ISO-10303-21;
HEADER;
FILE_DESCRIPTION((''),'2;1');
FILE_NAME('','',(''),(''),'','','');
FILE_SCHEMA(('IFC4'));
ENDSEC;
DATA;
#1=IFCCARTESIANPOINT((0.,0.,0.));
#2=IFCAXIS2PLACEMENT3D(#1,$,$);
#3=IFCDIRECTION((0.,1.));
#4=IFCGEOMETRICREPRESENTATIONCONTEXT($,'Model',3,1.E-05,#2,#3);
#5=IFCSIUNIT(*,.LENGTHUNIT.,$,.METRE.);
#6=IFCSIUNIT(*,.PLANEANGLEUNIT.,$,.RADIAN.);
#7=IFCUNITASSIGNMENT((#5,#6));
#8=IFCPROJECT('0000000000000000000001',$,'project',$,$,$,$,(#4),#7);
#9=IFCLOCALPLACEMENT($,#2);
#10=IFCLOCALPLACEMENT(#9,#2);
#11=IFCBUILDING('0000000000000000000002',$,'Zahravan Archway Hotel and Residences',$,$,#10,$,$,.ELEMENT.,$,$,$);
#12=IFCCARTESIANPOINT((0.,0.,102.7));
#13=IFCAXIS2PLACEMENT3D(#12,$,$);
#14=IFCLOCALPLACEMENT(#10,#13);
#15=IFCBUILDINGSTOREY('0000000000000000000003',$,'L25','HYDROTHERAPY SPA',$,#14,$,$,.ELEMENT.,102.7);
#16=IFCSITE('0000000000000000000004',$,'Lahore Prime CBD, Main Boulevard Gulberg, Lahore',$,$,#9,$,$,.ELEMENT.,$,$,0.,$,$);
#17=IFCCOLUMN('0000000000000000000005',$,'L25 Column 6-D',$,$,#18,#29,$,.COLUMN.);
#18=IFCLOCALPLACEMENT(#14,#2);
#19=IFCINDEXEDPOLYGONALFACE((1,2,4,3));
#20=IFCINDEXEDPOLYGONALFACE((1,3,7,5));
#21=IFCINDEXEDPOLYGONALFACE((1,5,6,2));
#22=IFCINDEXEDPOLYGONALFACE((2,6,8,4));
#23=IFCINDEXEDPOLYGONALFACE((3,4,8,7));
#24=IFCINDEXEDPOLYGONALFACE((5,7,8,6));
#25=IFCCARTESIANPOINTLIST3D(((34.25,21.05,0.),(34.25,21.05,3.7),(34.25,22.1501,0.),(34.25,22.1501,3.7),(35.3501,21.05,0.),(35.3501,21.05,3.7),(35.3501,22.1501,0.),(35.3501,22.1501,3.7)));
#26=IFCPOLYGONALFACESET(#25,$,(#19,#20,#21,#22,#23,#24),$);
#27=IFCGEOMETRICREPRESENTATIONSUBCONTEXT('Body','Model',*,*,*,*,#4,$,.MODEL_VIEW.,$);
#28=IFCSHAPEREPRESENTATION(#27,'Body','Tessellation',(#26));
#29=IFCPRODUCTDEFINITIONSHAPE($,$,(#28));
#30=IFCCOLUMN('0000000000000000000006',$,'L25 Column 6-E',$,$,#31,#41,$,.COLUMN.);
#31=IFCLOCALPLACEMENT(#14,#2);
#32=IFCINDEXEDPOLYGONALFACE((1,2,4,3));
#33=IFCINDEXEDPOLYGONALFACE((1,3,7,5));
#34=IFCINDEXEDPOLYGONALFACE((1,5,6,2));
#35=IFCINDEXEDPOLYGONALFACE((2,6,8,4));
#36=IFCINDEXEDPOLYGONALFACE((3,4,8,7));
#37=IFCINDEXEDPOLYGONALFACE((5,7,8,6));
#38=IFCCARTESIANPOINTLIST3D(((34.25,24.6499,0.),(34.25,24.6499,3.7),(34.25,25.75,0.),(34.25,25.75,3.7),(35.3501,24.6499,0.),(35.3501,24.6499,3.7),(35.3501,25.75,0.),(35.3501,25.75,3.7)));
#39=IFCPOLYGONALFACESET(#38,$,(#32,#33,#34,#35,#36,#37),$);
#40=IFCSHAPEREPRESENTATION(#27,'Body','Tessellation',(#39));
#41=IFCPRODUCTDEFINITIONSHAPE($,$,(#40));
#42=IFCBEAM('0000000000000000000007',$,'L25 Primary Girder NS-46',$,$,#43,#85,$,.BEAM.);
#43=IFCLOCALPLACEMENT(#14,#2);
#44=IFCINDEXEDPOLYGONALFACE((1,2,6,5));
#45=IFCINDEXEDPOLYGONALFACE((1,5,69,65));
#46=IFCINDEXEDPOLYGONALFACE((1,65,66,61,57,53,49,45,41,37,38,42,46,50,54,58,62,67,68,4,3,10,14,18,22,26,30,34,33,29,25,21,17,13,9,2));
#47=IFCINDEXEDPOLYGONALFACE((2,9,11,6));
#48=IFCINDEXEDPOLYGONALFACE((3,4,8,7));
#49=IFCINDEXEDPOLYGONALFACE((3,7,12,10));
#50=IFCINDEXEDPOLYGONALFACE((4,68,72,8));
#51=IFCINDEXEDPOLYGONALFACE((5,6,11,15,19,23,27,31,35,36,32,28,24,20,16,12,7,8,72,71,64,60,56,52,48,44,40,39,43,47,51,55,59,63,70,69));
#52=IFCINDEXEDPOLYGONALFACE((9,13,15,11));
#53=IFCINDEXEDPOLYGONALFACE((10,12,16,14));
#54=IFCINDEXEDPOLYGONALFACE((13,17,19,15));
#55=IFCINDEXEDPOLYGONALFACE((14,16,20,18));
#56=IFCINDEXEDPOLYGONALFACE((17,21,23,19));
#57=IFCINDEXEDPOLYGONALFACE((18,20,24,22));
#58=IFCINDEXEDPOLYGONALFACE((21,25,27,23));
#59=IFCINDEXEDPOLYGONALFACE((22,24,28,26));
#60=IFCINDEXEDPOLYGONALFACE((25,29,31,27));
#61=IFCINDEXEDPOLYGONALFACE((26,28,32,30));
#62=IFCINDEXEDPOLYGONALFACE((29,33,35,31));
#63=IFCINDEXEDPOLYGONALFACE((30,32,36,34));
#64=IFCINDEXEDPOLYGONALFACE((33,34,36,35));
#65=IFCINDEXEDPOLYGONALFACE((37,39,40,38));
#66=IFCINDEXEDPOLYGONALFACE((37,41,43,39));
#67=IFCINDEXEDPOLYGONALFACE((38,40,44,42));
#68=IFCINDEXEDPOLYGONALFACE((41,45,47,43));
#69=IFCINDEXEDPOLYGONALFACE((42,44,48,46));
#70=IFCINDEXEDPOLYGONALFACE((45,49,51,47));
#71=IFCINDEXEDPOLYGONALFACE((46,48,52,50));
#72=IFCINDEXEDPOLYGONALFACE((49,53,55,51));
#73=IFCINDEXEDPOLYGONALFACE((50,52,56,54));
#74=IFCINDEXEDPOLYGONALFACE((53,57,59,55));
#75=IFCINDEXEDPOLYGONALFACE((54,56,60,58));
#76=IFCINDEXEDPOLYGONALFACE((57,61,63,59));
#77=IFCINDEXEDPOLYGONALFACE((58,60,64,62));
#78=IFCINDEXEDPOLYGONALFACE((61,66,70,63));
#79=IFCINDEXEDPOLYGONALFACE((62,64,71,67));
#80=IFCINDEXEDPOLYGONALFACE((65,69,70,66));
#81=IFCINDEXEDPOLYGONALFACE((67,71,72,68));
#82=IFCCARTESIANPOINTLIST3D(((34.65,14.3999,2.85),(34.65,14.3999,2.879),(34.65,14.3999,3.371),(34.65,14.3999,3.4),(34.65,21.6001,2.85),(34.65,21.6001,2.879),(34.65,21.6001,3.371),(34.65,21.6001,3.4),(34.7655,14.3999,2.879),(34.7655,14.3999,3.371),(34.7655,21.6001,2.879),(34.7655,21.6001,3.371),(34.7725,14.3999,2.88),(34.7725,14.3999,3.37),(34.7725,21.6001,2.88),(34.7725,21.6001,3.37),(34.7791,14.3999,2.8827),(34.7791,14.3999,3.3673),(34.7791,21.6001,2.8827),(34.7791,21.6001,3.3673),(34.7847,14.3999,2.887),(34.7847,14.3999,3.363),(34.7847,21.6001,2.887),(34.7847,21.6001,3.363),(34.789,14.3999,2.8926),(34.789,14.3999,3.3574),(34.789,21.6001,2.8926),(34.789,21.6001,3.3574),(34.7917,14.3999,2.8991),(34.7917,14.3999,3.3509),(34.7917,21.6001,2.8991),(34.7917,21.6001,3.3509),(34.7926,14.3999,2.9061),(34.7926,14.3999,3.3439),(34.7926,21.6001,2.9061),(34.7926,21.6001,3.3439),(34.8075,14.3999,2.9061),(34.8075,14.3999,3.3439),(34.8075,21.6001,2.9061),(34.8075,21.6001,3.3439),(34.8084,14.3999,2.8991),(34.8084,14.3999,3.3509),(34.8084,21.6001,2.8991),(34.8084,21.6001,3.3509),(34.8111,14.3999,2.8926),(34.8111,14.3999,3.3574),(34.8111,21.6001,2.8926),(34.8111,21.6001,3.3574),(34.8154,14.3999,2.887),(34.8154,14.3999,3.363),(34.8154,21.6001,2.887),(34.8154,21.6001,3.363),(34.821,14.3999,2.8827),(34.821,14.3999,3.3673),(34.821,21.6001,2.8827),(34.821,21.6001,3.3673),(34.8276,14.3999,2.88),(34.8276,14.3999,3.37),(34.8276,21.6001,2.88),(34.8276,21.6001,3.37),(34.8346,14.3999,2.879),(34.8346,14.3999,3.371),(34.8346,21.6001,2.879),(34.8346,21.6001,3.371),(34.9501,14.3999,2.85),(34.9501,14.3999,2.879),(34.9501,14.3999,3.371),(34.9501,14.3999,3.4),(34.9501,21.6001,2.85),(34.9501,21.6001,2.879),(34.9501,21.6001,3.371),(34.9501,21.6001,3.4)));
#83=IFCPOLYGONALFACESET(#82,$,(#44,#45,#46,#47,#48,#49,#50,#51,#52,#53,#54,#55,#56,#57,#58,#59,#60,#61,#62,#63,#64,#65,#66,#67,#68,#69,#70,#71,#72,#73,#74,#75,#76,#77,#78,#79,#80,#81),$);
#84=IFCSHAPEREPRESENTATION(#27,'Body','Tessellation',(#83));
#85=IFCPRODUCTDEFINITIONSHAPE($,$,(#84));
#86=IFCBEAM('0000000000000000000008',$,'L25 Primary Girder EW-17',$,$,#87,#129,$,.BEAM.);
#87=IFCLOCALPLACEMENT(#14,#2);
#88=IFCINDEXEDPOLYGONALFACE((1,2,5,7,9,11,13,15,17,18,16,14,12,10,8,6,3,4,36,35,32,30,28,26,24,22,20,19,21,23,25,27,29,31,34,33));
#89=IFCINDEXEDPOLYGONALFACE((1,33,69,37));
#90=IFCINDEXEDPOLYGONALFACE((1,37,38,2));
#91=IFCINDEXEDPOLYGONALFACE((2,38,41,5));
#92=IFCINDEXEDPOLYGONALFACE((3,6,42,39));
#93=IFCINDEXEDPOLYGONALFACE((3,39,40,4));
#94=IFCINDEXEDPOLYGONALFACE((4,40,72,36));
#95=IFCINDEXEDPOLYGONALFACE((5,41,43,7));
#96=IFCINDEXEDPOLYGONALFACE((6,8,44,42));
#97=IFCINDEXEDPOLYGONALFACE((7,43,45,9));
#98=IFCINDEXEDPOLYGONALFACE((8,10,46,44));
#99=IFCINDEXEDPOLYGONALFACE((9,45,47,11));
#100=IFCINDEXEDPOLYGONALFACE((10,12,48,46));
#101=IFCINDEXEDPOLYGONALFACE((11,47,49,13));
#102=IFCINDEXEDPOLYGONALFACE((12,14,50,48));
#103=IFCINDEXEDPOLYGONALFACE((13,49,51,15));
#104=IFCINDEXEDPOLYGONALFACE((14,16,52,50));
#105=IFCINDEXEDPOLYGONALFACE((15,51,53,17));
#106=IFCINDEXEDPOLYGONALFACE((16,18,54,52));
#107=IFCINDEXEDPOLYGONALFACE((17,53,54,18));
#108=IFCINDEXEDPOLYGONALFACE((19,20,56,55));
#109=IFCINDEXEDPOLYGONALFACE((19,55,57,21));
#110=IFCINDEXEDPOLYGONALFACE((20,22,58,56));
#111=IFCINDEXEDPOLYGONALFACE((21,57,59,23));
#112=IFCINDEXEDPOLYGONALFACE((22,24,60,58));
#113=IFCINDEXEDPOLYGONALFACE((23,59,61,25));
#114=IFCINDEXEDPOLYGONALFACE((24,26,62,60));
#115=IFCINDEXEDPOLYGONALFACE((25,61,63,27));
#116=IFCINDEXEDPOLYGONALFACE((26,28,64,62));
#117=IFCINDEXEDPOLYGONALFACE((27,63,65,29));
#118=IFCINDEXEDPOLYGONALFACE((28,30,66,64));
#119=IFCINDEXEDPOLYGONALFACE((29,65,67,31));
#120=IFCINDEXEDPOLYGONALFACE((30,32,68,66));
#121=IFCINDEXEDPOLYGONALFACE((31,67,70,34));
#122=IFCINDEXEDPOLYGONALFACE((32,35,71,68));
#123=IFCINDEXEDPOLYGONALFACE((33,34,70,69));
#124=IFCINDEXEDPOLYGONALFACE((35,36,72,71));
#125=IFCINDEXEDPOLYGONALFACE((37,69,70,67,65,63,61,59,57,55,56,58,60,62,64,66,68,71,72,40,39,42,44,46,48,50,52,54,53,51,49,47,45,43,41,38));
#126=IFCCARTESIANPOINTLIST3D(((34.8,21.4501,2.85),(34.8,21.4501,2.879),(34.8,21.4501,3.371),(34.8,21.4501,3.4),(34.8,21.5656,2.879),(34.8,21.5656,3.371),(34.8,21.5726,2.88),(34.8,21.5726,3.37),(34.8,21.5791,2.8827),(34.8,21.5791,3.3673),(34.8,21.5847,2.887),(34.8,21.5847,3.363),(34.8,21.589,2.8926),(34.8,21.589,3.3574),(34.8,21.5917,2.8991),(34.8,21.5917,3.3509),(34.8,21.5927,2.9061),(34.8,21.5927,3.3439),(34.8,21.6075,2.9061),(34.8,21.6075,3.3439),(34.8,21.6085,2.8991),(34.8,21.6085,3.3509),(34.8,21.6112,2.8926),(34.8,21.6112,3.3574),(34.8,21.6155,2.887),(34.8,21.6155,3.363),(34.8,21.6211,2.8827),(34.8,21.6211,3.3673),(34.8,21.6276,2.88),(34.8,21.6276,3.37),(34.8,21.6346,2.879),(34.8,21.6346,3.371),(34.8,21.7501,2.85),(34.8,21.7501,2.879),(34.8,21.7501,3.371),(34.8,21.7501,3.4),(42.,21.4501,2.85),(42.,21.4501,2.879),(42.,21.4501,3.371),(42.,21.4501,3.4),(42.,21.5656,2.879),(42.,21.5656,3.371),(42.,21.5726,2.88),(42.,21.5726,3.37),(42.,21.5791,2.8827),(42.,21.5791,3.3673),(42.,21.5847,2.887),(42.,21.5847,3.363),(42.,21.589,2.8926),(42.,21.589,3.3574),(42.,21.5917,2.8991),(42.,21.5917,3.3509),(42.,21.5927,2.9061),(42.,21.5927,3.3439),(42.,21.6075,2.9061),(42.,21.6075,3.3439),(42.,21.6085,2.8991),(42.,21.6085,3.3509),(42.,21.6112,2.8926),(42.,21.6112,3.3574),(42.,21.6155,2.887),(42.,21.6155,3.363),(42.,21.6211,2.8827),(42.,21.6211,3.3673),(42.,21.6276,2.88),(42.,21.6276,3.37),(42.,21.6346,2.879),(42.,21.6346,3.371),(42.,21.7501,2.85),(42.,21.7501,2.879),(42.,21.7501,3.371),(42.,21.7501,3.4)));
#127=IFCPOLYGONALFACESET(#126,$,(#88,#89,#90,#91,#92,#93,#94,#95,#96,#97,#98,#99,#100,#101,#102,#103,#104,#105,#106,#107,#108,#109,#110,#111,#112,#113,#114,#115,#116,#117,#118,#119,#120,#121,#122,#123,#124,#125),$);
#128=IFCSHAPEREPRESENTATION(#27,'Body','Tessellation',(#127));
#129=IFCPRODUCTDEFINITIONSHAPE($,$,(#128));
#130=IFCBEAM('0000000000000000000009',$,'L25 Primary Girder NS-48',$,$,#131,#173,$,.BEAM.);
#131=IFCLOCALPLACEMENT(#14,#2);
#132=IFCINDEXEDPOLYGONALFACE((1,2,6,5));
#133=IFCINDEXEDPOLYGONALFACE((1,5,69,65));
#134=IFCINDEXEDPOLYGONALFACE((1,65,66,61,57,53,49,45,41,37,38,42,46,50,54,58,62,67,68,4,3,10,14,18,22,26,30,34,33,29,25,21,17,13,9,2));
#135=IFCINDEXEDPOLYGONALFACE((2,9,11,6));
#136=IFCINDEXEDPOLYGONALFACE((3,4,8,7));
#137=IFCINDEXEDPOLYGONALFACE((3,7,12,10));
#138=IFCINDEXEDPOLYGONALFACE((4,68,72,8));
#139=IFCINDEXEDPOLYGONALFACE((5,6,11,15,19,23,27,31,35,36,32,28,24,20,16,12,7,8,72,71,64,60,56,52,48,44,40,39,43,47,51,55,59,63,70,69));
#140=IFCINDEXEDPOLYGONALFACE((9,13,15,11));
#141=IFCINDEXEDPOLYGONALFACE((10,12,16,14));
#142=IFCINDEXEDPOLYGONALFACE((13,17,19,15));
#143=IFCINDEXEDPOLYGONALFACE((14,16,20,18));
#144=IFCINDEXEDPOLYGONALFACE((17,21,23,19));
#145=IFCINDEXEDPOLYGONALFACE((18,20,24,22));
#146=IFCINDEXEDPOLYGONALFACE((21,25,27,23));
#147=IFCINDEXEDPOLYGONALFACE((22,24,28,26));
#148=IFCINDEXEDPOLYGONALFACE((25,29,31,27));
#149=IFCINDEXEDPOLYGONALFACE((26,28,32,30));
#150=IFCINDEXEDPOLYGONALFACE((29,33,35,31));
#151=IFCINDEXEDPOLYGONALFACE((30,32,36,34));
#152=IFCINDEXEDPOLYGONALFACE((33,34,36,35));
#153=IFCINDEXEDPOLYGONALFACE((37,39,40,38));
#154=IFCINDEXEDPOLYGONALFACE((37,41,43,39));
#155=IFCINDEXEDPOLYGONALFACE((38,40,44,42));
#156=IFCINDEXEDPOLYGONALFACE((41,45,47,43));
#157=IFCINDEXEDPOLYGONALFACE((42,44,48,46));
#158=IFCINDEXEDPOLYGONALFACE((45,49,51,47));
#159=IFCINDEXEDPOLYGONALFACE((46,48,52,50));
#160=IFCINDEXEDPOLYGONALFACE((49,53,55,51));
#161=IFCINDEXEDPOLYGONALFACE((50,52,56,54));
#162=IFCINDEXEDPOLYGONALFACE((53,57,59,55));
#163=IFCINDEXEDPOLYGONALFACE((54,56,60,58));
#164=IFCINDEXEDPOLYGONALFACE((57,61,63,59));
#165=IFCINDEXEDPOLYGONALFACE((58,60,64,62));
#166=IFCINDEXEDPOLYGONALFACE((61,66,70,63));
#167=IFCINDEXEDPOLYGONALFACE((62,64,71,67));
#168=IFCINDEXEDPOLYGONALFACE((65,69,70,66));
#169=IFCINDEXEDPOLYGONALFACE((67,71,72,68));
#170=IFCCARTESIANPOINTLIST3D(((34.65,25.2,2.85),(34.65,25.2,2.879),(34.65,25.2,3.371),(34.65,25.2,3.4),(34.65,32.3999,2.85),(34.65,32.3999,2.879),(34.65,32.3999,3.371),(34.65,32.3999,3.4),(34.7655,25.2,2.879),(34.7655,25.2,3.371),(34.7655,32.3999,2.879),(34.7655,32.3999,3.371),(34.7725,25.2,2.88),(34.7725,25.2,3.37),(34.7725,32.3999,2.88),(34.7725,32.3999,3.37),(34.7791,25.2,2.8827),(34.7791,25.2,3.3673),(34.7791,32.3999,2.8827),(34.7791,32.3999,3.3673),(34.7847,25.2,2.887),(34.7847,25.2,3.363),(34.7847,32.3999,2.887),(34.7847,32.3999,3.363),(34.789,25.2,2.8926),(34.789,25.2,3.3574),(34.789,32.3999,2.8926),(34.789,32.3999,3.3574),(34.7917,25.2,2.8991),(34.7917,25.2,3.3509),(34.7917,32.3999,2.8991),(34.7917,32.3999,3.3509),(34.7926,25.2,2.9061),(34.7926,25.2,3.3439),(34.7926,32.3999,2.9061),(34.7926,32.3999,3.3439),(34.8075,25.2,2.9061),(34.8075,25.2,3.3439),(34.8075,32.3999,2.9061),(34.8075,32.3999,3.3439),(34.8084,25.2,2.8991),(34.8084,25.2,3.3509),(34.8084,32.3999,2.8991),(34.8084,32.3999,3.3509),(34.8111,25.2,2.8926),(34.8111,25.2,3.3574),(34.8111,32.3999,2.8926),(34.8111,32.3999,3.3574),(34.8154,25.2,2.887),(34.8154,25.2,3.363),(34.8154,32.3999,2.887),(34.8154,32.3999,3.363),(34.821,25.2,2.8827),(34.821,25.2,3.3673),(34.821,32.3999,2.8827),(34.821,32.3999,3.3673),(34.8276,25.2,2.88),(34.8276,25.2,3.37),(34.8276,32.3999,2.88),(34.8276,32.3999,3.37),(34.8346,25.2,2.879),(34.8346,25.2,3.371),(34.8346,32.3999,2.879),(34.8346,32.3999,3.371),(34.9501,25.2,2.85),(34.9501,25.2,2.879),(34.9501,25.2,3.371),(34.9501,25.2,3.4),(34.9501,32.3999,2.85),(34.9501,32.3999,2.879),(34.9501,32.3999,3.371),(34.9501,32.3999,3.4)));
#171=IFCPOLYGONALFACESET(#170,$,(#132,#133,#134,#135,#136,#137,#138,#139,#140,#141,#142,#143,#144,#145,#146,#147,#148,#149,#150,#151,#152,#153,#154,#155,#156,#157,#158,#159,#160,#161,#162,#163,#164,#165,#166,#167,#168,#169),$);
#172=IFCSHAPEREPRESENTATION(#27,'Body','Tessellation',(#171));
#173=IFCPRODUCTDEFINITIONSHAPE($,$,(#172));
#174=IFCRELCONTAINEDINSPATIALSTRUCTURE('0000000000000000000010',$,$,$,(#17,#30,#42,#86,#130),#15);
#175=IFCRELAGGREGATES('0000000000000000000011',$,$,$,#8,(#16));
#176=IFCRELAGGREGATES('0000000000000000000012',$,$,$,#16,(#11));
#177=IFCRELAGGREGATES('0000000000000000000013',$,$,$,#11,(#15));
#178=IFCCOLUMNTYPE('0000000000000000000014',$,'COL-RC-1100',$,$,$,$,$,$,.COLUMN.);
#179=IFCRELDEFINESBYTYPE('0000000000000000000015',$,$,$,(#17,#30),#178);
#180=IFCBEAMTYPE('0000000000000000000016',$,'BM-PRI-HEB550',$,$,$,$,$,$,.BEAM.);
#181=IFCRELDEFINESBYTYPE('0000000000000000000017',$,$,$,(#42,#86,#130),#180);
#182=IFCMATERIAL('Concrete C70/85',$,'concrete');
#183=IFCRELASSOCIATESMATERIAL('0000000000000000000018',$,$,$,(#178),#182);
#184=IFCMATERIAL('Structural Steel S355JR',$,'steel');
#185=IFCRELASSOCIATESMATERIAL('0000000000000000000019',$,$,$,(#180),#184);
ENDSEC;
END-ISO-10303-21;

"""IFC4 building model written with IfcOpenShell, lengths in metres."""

from ifc_helpers import new_model, si_unit, direction, frame, origin, origin_2d, place, context, subcontext, project, spatial, rectangle, i_section, extrude, source, transform, mapped, material, material_profile, profile_set, type_object, type_shapes, element, save


model = new_model("IFC4")

# Units and contexts
model_context = context("Model", 3, precision=1e-05, world=origin(), true_north=direction((0.0, 1.0)))
body_context = subcontext(model_context, "Body", "Model", "MODEL_VIEW")
ifc_project = project(units=[si_unit("LENGTHUNIT", "METRE"), si_unit("PLANEANGLEUNIT", "RADIAN")], contexts=[model_context])

# Site, building, storey
site_placement = place(None, origin())
site = spatial("IfcSite", under=ifc_project, at=site_placement, Name="Lahore Prime CBD, Main Boulevard Gulberg, Lahore", CompositionType="ELEMENT", RefElevation=0.0)
building_placement = place(site_placement, origin())
building = spatial("IfcBuilding", under=site, at=building_placement, Name="Zahravan Archway Hotel and Residences", CompositionType="ELEMENT")
storey_placement = place(building_placement, frame((0.0, 0.0, 102.7)))
storey = spatial("IfcBuildingStorey", under=building, at=storey_placement, Name="L25", Description="HYDROTHERAPY SPA", CompositionType="ELEMENT", Elevation=102.7)

# Columns
ifc_material_1 = material(Name="Concrete C70/85", Category="concrete")
ifc_material_profile_1 = material_profile(ifc_material_1, rectangle(XDim=1.1001, YDim=1.1001, at=origin_2d()), Name="RC 1100x1100", Category="concrete")
ifc_profile_set_1 = profile_set([ifc_material_profile_1], Name="Concrete C70/85")
column_type = type_object("IfcColumnType", Name="COL-RC-1100", PredefinedType="COLUMN", material=ifc_profile_set_1)
shared_shape_1 = source(origin(), body_context, "Body", "SweptSolid", [
    extrude(rectangle(XDim=1.1001, YDim=1.1001, at=origin_2d()), origin(), (0.0, 0.0, 1.0), 3.7),
])
for number, where, z_axis, x_axis, name in (
    (1, (34.8, 21.6001, 0.0), (0.0, 0.0, 1.0), (1.0, 0.0, 0.0), "L25 Column 6-D"),
    (2, (34.8, 25.2, 0.0), (0.0, 0.0, 1.0), (1.0, 0.0, 0.0), "L25 Column 6-E"),
):
    element("IfcColumn", number, at=place(storey_placement, frame(where, z_axis=z_axis, x_axis=x_axis)), inside=storey, type_object=column_type, Name=name, PredefinedType="COLUMN", context=body_context, shape_type="MappedRepresentation", body=[
        mapped(shared_shape_1, transform((0.0, 0.0, 0.0), scale=1.0)),
    ])

# Beams
ifc_material_2 = material(Name="Structural Steel S355JR", Category="steel")
ifc_material_profile_2 = material_profile(ifc_material_2, i_section(OverallWidth=0.3, OverallDepth=0.55, WebThickness=0.0149, FlangeThickness=0.0291, FilletRadius=0.0271, at=origin_2d()), Name="HEB 550", Category="steel")
ifc_profile_set_2 = profile_set([ifc_material_profile_2], Name="Structural Steel S355JR")
beam_type = type_object("IfcBeamType", Name="BM-PRI-HEB550", PredefinedType="BEAM", material=ifc_profile_set_2)
shared_shape_2 = source(origin(), body_context, "Body", "SweptSolid", [
    extrude(i_section(OverallWidth=0.3, OverallDepth=0.55, WebThickness=0.0149, FlangeThickness=0.0291, FilletRadius=0.0271, at=origin_2d()), origin(), (0.0, 0.0, 1.0), 7.2002),
])
type_shapes(beam_type, [shared_shape_2])
beam_1_placement = place(storey_placement, frame((34.8, 14.3999, 3.125), z_axis=(0.0, 1.0, 0.0), x_axis=(-1.0, 0.0, 0.0)))
element("IfcBeam", 3, at=beam_1_placement, inside=storey, type_object=beam_type, Name="L25 Primary Girder NS-46", PredefinedType="BEAM", context=body_context, shape_type="MappedRepresentation", body=[
    mapped(shared_shape_2, transform((0.0, 0.0, 0.0), scale=1.0)),
])
shared_shape_3 = source(origin(), body_context, "Body", "SweptSolid", [
    extrude(i_section(OverallWidth=0.3, OverallDepth=0.55, WebThickness=0.0149, FlangeThickness=0.0291, FilletRadius=0.0271, at=origin_2d()), origin(), (0.0, 0.0, 1.0), 7.2),
])
for number, where, z_axis, x_axis, name in (
    (4, (34.8, 21.6001, 3.125), (1.0, 0.0, 0.0), (0.0, 1.0, 0.0), "L25 Primary Girder EW-17"),
    (5, (34.8, 25.2, 3.125), (0.0, 1.0, 0.0), (-1.0, 0.0, 0.0), "L25 Primary Girder NS-48"),
):
    element("IfcBeam", number, at=place(storey_placement, frame(where, z_axis=z_axis, x_axis=x_axis)), inside=storey, type_object=beam_type, Name=name, PredefinedType="BEAM", context=body_context, shape_type="MappedRepresentation", body=[
        mapped(shared_shape_3, transform((0.0, 0.0, 0.0), scale=1.0)),
    ])

save(model, "model.ifc")
